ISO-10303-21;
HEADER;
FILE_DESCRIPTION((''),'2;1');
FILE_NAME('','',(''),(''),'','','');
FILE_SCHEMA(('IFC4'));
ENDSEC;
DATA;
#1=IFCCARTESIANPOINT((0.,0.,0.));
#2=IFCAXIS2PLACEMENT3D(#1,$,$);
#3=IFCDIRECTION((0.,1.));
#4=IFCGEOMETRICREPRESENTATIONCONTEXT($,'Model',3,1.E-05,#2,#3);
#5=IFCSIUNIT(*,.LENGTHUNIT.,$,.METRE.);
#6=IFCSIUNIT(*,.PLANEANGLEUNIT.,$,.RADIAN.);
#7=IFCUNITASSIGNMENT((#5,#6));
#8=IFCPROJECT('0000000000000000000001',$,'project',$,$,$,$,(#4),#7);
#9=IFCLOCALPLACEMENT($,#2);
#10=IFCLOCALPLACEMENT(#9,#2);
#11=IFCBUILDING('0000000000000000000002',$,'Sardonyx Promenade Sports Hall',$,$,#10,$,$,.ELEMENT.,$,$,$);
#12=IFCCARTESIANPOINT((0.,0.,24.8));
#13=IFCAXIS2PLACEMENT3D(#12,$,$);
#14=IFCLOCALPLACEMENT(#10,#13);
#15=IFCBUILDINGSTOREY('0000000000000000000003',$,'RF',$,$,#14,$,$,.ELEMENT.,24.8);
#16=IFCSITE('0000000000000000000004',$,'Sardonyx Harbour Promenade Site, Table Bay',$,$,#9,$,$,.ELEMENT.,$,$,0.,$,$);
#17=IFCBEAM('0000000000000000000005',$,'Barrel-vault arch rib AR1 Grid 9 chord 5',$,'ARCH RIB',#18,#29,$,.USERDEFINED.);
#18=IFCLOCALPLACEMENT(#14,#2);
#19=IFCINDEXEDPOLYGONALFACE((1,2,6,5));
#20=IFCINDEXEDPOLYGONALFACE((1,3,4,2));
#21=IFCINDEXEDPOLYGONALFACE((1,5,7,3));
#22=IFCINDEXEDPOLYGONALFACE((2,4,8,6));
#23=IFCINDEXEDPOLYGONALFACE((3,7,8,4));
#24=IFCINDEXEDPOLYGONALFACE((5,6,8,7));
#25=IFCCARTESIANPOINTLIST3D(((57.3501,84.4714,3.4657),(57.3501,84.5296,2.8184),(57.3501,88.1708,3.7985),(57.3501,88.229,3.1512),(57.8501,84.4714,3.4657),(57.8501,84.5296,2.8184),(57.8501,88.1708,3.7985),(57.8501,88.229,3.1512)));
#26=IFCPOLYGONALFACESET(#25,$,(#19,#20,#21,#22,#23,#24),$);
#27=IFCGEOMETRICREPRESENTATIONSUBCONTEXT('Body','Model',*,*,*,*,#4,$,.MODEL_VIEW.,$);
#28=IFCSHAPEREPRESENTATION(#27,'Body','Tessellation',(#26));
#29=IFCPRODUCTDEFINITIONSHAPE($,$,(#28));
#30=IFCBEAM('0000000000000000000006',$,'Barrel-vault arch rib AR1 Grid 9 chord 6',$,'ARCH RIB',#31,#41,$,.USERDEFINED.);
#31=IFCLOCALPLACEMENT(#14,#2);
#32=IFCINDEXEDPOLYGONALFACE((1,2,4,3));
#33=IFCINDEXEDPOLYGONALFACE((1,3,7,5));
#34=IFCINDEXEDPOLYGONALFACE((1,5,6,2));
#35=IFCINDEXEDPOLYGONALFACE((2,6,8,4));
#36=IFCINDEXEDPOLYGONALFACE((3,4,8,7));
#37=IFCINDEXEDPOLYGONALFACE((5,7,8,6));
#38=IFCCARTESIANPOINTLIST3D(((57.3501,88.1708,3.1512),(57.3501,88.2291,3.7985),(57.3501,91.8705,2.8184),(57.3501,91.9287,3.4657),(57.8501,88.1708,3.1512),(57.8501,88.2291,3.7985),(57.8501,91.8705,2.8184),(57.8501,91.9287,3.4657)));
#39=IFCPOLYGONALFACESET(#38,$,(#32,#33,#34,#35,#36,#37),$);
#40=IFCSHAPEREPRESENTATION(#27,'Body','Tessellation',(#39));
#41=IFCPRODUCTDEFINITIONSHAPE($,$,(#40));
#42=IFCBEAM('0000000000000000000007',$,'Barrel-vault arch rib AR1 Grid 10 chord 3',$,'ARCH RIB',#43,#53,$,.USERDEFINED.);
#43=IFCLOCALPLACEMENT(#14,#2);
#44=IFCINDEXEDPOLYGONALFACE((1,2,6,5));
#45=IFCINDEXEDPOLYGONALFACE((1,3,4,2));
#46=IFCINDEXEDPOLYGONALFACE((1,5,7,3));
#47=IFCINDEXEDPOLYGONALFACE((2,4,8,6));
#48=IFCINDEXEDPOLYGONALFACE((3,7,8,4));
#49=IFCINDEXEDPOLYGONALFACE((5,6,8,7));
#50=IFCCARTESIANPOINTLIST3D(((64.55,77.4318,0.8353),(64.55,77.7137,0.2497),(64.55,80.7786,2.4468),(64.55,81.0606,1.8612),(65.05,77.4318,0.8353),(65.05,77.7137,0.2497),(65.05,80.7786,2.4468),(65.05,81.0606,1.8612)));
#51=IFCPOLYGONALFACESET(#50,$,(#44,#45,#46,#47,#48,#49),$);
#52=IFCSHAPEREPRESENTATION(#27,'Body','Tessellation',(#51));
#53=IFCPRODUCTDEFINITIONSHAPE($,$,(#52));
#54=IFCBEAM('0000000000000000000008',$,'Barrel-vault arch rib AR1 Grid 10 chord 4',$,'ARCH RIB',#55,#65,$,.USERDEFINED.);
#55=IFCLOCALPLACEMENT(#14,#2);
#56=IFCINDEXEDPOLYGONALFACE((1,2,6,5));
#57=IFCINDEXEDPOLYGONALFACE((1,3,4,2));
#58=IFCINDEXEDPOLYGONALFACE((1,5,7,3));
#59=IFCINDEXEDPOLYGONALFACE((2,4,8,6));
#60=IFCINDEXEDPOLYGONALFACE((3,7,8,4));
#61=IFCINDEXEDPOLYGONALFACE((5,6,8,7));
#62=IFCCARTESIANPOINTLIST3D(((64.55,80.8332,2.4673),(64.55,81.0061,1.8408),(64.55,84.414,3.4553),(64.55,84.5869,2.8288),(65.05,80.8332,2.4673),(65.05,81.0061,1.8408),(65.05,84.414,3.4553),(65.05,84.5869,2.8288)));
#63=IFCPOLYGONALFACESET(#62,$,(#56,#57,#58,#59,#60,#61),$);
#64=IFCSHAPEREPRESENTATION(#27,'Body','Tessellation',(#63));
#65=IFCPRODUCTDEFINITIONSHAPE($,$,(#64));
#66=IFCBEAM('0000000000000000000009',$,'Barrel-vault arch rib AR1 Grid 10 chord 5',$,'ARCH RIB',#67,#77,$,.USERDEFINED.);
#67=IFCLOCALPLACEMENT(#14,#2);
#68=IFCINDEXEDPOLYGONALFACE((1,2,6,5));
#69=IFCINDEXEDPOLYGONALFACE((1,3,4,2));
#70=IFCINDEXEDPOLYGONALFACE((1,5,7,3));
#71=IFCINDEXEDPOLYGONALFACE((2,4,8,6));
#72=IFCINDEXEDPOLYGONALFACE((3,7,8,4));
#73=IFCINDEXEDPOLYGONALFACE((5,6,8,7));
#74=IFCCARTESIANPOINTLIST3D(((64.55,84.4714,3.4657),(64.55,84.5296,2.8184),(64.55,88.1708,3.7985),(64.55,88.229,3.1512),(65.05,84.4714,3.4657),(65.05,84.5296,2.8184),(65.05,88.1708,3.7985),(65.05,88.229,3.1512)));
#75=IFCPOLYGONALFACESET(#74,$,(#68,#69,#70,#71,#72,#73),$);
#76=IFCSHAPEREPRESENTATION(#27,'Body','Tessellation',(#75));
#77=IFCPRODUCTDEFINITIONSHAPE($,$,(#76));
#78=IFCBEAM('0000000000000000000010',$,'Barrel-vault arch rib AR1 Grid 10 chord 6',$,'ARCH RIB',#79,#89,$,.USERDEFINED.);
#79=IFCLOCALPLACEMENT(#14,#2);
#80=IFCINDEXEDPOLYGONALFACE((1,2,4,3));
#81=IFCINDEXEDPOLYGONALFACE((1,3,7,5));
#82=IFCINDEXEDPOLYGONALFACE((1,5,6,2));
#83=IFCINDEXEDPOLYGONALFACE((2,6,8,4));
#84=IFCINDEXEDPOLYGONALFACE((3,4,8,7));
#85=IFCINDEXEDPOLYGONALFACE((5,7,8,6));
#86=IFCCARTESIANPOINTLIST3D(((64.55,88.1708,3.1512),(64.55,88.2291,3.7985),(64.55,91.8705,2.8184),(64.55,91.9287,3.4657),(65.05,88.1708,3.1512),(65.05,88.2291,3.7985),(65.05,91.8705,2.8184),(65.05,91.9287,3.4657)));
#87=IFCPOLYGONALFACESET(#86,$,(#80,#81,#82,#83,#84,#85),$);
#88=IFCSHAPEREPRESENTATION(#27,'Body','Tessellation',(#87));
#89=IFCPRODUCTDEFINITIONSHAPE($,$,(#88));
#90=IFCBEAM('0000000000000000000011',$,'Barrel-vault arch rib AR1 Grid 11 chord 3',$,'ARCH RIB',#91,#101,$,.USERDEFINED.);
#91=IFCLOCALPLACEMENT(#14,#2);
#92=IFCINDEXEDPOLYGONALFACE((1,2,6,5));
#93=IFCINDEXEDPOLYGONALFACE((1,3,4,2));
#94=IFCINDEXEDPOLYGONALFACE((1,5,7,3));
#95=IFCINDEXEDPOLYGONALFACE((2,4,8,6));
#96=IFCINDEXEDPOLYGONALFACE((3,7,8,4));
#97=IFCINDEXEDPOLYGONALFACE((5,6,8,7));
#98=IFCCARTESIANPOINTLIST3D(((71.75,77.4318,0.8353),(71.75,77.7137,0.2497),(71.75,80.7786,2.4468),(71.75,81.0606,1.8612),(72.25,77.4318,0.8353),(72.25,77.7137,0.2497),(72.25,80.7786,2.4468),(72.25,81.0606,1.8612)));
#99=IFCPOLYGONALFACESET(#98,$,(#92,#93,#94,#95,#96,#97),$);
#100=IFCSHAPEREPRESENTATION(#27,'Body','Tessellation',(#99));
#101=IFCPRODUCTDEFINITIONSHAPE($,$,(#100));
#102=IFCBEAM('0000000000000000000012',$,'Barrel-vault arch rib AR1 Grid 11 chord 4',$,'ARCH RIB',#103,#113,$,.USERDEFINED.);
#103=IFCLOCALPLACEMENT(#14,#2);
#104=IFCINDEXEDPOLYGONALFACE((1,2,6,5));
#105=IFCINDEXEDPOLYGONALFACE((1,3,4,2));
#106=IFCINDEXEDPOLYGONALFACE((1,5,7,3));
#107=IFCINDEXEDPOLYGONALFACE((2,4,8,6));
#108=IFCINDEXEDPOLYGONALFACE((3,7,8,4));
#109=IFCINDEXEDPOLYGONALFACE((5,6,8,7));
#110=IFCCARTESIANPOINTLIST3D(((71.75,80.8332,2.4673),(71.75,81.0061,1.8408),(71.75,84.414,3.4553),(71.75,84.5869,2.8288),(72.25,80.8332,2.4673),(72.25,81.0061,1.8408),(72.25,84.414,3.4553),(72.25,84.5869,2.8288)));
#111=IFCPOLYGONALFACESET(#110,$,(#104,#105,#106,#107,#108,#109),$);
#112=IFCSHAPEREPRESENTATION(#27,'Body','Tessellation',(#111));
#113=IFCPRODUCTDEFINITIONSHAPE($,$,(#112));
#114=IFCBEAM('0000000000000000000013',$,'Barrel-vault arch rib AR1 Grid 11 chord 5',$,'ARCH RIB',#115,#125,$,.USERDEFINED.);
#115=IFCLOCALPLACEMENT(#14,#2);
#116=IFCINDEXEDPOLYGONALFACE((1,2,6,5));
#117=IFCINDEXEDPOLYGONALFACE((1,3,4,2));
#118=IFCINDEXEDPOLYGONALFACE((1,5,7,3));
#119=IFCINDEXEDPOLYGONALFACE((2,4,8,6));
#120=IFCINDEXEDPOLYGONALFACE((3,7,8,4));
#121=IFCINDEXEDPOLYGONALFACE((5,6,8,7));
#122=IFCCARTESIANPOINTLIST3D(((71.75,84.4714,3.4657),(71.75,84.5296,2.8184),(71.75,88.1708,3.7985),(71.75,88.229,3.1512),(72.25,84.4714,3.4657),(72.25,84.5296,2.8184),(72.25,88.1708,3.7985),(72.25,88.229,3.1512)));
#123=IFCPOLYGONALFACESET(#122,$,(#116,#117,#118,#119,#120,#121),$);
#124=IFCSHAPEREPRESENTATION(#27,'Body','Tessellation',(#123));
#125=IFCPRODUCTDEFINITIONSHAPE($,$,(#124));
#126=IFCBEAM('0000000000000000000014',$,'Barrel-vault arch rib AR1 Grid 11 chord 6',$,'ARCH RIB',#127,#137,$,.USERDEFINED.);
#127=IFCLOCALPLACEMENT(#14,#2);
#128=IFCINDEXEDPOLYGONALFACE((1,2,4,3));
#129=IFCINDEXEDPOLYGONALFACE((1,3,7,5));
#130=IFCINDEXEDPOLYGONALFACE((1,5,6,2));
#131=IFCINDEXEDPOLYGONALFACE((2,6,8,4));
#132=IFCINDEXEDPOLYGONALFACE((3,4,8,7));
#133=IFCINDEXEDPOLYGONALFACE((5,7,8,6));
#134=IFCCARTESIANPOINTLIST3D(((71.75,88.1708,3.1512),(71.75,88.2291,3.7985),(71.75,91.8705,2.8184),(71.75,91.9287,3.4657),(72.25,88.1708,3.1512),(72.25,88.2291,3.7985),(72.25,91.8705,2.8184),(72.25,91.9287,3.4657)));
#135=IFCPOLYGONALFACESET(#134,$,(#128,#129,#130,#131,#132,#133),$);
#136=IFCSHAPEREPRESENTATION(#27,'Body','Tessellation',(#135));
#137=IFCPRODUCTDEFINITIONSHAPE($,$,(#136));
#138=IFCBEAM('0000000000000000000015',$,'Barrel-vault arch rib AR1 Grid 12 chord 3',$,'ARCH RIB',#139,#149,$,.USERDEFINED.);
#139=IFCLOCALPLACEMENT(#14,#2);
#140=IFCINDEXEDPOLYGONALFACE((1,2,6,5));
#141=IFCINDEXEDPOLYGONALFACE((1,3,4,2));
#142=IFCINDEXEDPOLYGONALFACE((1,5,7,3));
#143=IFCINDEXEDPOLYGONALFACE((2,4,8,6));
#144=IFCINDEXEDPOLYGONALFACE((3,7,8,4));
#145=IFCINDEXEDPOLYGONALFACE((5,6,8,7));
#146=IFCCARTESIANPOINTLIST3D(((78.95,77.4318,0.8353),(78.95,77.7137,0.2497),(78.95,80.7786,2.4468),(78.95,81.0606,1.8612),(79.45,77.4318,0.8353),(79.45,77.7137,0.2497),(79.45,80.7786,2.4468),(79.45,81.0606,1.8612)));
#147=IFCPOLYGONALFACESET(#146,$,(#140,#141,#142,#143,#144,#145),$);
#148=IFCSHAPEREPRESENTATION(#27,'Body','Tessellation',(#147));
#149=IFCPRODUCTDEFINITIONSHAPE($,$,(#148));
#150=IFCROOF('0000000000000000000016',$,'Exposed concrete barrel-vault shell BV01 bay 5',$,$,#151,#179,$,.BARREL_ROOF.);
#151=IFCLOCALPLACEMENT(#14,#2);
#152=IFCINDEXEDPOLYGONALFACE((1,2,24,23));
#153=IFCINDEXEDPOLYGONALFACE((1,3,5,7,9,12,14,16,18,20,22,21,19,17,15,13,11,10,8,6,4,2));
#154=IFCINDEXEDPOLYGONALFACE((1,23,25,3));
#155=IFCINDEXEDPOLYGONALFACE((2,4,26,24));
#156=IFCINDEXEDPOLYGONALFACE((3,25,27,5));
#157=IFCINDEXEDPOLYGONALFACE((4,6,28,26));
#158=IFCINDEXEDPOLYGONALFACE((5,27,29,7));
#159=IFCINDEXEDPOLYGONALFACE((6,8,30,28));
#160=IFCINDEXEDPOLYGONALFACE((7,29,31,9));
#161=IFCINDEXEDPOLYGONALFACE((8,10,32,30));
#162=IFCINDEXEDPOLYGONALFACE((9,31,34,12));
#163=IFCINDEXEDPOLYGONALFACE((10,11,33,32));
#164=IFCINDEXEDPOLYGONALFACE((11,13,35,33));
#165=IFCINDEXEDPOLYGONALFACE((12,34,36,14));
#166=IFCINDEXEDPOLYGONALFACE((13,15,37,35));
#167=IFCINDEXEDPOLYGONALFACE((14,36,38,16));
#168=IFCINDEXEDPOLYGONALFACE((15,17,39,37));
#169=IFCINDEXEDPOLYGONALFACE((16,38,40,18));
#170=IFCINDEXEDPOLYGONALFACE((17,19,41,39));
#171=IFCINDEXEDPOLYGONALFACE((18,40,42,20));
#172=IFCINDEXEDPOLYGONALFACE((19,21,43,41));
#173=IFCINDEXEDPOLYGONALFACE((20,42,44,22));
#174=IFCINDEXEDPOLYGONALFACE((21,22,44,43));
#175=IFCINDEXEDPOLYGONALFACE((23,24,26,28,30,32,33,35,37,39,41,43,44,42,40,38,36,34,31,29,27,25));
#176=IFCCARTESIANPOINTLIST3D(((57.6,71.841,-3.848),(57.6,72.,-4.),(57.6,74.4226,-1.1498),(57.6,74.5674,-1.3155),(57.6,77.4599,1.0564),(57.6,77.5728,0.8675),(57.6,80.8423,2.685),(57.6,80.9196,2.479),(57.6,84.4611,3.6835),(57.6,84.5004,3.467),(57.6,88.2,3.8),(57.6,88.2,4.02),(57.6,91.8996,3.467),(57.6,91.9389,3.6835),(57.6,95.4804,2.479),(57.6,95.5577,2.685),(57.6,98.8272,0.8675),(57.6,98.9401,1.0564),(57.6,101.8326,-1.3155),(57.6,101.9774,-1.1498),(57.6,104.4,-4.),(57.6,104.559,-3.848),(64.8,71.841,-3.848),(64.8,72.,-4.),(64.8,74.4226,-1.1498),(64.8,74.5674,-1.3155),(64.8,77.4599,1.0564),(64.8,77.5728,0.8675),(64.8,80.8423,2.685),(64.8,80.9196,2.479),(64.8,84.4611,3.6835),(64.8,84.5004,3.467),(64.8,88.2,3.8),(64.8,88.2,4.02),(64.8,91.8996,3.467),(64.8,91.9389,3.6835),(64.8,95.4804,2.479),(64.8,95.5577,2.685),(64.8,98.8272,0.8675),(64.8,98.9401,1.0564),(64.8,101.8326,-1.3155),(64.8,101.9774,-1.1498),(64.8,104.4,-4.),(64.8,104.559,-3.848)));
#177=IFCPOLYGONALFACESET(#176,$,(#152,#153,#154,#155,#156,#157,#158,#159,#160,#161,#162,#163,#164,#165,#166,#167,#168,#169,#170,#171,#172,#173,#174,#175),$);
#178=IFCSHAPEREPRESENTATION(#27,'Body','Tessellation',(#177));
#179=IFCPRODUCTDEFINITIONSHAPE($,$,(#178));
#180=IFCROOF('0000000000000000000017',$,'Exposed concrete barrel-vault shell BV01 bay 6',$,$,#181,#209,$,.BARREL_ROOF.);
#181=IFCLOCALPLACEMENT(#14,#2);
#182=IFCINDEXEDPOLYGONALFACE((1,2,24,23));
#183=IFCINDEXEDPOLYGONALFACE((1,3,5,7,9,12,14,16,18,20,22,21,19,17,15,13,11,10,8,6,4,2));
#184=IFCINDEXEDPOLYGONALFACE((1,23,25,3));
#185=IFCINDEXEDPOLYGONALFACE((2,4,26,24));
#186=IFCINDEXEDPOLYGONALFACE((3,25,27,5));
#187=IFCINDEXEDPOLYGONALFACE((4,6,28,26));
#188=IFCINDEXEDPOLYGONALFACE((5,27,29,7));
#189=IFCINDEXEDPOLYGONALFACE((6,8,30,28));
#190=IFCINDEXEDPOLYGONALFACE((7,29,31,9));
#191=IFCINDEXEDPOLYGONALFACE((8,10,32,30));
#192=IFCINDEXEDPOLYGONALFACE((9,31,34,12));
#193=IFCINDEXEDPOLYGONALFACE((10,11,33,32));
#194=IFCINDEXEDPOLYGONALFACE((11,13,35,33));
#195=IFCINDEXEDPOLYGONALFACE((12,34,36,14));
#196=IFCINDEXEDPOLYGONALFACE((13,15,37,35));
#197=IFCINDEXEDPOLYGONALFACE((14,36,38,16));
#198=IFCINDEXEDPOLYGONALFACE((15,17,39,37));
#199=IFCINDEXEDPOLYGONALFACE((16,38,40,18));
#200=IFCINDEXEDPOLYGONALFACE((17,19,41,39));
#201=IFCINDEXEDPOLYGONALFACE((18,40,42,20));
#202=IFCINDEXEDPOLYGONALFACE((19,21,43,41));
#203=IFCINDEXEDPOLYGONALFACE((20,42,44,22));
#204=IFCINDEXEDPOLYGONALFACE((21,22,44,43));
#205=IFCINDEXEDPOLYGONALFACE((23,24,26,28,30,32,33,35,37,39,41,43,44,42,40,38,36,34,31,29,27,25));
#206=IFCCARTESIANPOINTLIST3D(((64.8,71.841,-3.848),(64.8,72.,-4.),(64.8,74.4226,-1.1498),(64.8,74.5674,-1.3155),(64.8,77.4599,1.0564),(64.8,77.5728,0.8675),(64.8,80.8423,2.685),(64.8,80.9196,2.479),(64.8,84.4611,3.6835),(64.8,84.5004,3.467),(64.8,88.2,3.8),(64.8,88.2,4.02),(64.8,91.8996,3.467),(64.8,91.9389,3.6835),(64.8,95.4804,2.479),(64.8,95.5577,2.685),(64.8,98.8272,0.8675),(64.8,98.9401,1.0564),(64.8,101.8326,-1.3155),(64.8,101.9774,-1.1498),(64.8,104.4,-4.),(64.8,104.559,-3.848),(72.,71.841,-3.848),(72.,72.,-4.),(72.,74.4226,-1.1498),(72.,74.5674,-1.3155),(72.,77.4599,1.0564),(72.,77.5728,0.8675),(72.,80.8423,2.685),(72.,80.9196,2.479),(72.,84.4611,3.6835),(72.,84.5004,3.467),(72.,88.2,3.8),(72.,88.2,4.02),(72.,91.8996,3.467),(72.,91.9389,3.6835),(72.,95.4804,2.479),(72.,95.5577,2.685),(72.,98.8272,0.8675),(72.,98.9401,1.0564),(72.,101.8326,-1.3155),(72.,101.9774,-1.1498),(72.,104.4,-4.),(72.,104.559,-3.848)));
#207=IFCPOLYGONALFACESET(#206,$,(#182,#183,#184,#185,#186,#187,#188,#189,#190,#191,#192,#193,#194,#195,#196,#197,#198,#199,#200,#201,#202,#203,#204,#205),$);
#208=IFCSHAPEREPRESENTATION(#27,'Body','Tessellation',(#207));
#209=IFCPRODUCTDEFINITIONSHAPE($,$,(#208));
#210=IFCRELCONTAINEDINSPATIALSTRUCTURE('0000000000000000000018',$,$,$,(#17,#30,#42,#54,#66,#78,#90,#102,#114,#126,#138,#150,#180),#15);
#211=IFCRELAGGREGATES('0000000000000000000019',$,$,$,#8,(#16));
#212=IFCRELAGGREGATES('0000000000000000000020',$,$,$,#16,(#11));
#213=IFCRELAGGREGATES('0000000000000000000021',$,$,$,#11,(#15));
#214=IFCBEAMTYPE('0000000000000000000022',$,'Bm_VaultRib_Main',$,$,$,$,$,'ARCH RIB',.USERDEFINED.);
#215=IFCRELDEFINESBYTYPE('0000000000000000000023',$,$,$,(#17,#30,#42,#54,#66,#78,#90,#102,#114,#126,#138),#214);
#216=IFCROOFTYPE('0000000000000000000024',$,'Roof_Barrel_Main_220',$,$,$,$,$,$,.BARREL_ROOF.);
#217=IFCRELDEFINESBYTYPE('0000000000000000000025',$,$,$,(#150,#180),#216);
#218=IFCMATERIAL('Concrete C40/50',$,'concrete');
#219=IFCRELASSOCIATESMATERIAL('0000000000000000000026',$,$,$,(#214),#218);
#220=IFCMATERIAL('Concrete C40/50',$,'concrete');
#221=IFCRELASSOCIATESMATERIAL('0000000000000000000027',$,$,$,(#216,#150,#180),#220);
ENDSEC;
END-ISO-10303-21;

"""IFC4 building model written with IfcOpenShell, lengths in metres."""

from ifc_helpers import new_model, si_unit, direction, frame, origin, origin_2d, place, context, subcontext, project, spatial, polyline, rectangle, outline, extrude, material, material_profile, profile_set, type_object, element, save


model = new_model("IFC4")

# Units and contexts
model_context = context("Model", 3, precision=1e-05, world=origin(), true_north=direction((0.0, 1.0)))
body_context = subcontext(model_context, "Body", "Model", "MODEL_VIEW")
ifc_project = project(units=[si_unit("LENGTHUNIT", "METRE"), si_unit("PLANEANGLEUNIT", "RADIAN")], contexts=[model_context])

# Site, building, storey
site_placement = place(None, origin())
site = spatial("IfcSite", under=ifc_project, at=site_placement, Name="Sardonyx Harbour Promenade Site, Table Bay", CompositionType="ELEMENT", RefElevation=0.0)
building_placement = place(site_placement, origin())
building = spatial("IfcBuilding", under=site, at=building_placement, Name="Sardonyx Promenade Sports Hall", CompositionType="ELEMENT")
storey_placement = place(building_placement, frame((0.0, 0.0, 24.8)))
storey = spatial("IfcBuildingStorey", under=building, at=storey_placement, Name="RF", CompositionType="ELEMENT", Elevation=24.8)

# Beams
ifc_material_1 = material(Name="Concrete C40/50", Category="concrete")
ifc_material_profile_1 = material_profile(ifc_material_1, rectangle(XDim=0.5, YDim=0.6499, at=origin_2d()))
ifc_profile_set_1 = profile_set([ifc_material_profile_1], Name="Concrete C40/50")
beam_type_1 = type_object("IfcBeamType", Name="Bm_VaultRib_Main", ElementType="ARCH RIB", PredefinedType="USERDEFINED", material=ifc_profile_set_1)
beam_1_placement = place(storey_placement, frame((57.6001, 84.5005, 3.1421), z_axis=(0.0, 0.995979, 0.089587), x_axis=(-1.0, 0.0, 0.0)))
element("IfcBeam", 1, at=beam_1_placement, inside=storey, type_object=beam_type_1, Name="Barrel-vault arch rib AR1 Grid 9 chord 5", ObjectType="ARCH RIB", PredefinedType="USERDEFINED", context=body_context, shape_type="SweptSolid", body=[
    extrude(rectangle(XDim=0.5, YDim=0.6499, at=origin_2d()), origin(), (0.0, 0.0, 1.0), 3.7144),
])
for number, where, z_axis, x_axis, name in (
    (2, (57.6001, 88.2, 3.4749), (0.0, 0.995979, -0.089582), (-1.0, 0.0, 0.0), "Barrel-vault arch rib AR1 Grid 9 chord 6"),
    (3, (64.8, 77.5728, 0.5425), (0.0, 0.900992, 0.433835), (-1.0, 0.0, 0.0), "Barrel-vault arch rib AR1 Grid 10 chord 3"),
    (4, (64.8, 80.9197, 2.1541), (0.0, 0.963977, 0.265986), (-1.0, 0.0, 0.0), "Barrel-vault arch rib AR1 Grid 10 chord 4"),
):
    element("IfcBeam", number, at=place(storey_placement, frame(where, z_axis=z_axis, x_axis=x_axis)), inside=storey, type_object=beam_type_1, Name=name, ObjectType="ARCH RIB", PredefinedType="USERDEFINED", context=body_context, shape_type="SweptSolid", body=[
        extrude(rectangle(XDim=0.5, YDim=0.6499, at=origin_2d()), origin(), (0.0, 0.0, 1.0), 3.7146),
    ])
beam_2_placement = place(storey_placement, frame((64.8, 84.5005, 3.1421), z_axis=(0.0, 0.995979, 0.089587), x_axis=(-1.0, 0.0, 0.0)))
element("IfcBeam", 5, at=beam_2_placement, inside=storey, type_object=beam_type_1, Name="Barrel-vault arch rib AR1 Grid 10 chord 5", ObjectType="ARCH RIB", PredefinedType="USERDEFINED", context=body_context, shape_type="SweptSolid", body=[
    extrude(rectangle(XDim=0.5, YDim=0.6499, at=origin_2d()), origin(), (0.0, 0.0, 1.0), 3.7144),
])
for number, where, z_axis, x_axis, name in (
    (6, (64.8, 88.2, 3.4749), (0.0, 0.995979, -0.089582), (-1.0, 0.0, 0.0), "Barrel-vault arch rib AR1 Grid 10 chord 6"),
    (7, (72.0, 77.5728, 0.5425), (0.0, 0.900992, 0.433835), (-1.0, 0.0, 0.0), "Barrel-vault arch rib AR1 Grid 11 chord 3"),
    (8, (72.0, 80.9197, 2.1541), (0.0, 0.963977, 0.265986), (-1.0, 0.0, 0.0), "Barrel-vault arch rib AR1 Grid 11 chord 4"),
):
    element("IfcBeam", number, at=place(storey_placement, frame(where, z_axis=z_axis, x_axis=x_axis)), inside=storey, type_object=beam_type_1, Name=name, ObjectType="ARCH RIB", PredefinedType="USERDEFINED", context=body_context, shape_type="SweptSolid", body=[
        extrude(rectangle(XDim=0.5, YDim=0.6499, at=origin_2d()), origin(), (0.0, 0.0, 1.0), 3.7146),
    ])
beam_3_placement = place(storey_placement, frame((72.0, 84.5005, 3.1421), z_axis=(0.0, 0.995979, 0.089587), x_axis=(-1.0, 0.0, 0.0)))
element("IfcBeam", 9, at=beam_3_placement, inside=storey, type_object=beam_type_1, Name="Barrel-vault arch rib AR1 Grid 11 chord 5", ObjectType="ARCH RIB", PredefinedType="USERDEFINED", context=body_context, shape_type="SweptSolid", body=[
    extrude(rectangle(XDim=0.5, YDim=0.6499, at=origin_2d()), origin(), (0.0, 0.0, 1.0), 3.7144),
])
for number, where, z_axis, x_axis, name in (
    (10, (72.0, 88.2, 3.4749), (0.0, 0.995979, -0.089582), (-1.0, 0.0, 0.0), "Barrel-vault arch rib AR1 Grid 11 chord 6"),
    (11, (79.2, 77.5728, 0.5425), (0.0, 0.900992, 0.433835), (-1.0, 0.0, 0.0), "Barrel-vault arch rib AR1 Grid 12 chord 3"),
):
    element("IfcBeam", number, at=place(storey_placement, frame(where, z_axis=z_axis, x_axis=x_axis)), inside=storey, type_object=beam_type_1, Name=name, ObjectType="ARCH RIB", PredefinedType="USERDEFINED", context=body_context, shape_type="SweptSolid", body=[
        extrude(rectangle(XDim=0.5, YDim=0.6499, at=origin_2d()), origin(), (0.0, 0.0, 1.0), 3.7146),
    ])

# Roofs
ifc_material_2 = material(Name="Concrete C40/50", Category="concrete")
roof_type = type_object("IfcRoofType", Name="Roof_Barrel_Main_220", PredefinedType="BARREL_ROOF", material=ifc_material_2)
for number, where, z_axis, x_axis, name in (
    (12, (57.6, 88.2, -4.0), (1.0, 0.0, 0.0), (0.0, 1.0, 0.0), "Exposed concrete barrel-vault shell BV01 bay 5"),
    (13, (64.8, 88.2, -4.0), (1.0, 0.0, 0.0), (0.0, 1.0, 0.0), "Exposed concrete barrel-vault shell BV01 bay 6"),
):
    element("IfcRoof", number, at=place(storey_placement, frame(where, z_axis=z_axis, x_axis=x_axis)), inside=storey, type_object=roof_type, material=ifc_material_2, Name=name, PredefinedType="BARREL_ROOF", context=body_context, shape_type="SweptSolid", body=[
        extrude(outline(polyline([(-16.2, 0.0), (-13.6326, 2.6845), (-10.6272, 4.8676), (-7.2804, 6.479), (-3.6996, 7.4671), (0.0, 7.8), (3.6996, 7.4671), (7.2804, 6.479), (10.6272, 4.8676), (13.6326, 2.6845), (16.2, 0.0), (16.359, 0.1521), (13.7774, 2.8502), (10.7401, 5.0565), (7.3577, 6.685), (3.7389, 7.6836), (0.0, 8.02), (-3.7389, 7.6836), (-7.3577, 6.685), (-10.7401, 5.0565), (-13.7774, 2.8502), (-16.359, 0.1521), (-16.2, 0.0)])), origin(), (0.0, 0.0, 1.0), 7.2),
    ])

save(model, "model.ifc")
